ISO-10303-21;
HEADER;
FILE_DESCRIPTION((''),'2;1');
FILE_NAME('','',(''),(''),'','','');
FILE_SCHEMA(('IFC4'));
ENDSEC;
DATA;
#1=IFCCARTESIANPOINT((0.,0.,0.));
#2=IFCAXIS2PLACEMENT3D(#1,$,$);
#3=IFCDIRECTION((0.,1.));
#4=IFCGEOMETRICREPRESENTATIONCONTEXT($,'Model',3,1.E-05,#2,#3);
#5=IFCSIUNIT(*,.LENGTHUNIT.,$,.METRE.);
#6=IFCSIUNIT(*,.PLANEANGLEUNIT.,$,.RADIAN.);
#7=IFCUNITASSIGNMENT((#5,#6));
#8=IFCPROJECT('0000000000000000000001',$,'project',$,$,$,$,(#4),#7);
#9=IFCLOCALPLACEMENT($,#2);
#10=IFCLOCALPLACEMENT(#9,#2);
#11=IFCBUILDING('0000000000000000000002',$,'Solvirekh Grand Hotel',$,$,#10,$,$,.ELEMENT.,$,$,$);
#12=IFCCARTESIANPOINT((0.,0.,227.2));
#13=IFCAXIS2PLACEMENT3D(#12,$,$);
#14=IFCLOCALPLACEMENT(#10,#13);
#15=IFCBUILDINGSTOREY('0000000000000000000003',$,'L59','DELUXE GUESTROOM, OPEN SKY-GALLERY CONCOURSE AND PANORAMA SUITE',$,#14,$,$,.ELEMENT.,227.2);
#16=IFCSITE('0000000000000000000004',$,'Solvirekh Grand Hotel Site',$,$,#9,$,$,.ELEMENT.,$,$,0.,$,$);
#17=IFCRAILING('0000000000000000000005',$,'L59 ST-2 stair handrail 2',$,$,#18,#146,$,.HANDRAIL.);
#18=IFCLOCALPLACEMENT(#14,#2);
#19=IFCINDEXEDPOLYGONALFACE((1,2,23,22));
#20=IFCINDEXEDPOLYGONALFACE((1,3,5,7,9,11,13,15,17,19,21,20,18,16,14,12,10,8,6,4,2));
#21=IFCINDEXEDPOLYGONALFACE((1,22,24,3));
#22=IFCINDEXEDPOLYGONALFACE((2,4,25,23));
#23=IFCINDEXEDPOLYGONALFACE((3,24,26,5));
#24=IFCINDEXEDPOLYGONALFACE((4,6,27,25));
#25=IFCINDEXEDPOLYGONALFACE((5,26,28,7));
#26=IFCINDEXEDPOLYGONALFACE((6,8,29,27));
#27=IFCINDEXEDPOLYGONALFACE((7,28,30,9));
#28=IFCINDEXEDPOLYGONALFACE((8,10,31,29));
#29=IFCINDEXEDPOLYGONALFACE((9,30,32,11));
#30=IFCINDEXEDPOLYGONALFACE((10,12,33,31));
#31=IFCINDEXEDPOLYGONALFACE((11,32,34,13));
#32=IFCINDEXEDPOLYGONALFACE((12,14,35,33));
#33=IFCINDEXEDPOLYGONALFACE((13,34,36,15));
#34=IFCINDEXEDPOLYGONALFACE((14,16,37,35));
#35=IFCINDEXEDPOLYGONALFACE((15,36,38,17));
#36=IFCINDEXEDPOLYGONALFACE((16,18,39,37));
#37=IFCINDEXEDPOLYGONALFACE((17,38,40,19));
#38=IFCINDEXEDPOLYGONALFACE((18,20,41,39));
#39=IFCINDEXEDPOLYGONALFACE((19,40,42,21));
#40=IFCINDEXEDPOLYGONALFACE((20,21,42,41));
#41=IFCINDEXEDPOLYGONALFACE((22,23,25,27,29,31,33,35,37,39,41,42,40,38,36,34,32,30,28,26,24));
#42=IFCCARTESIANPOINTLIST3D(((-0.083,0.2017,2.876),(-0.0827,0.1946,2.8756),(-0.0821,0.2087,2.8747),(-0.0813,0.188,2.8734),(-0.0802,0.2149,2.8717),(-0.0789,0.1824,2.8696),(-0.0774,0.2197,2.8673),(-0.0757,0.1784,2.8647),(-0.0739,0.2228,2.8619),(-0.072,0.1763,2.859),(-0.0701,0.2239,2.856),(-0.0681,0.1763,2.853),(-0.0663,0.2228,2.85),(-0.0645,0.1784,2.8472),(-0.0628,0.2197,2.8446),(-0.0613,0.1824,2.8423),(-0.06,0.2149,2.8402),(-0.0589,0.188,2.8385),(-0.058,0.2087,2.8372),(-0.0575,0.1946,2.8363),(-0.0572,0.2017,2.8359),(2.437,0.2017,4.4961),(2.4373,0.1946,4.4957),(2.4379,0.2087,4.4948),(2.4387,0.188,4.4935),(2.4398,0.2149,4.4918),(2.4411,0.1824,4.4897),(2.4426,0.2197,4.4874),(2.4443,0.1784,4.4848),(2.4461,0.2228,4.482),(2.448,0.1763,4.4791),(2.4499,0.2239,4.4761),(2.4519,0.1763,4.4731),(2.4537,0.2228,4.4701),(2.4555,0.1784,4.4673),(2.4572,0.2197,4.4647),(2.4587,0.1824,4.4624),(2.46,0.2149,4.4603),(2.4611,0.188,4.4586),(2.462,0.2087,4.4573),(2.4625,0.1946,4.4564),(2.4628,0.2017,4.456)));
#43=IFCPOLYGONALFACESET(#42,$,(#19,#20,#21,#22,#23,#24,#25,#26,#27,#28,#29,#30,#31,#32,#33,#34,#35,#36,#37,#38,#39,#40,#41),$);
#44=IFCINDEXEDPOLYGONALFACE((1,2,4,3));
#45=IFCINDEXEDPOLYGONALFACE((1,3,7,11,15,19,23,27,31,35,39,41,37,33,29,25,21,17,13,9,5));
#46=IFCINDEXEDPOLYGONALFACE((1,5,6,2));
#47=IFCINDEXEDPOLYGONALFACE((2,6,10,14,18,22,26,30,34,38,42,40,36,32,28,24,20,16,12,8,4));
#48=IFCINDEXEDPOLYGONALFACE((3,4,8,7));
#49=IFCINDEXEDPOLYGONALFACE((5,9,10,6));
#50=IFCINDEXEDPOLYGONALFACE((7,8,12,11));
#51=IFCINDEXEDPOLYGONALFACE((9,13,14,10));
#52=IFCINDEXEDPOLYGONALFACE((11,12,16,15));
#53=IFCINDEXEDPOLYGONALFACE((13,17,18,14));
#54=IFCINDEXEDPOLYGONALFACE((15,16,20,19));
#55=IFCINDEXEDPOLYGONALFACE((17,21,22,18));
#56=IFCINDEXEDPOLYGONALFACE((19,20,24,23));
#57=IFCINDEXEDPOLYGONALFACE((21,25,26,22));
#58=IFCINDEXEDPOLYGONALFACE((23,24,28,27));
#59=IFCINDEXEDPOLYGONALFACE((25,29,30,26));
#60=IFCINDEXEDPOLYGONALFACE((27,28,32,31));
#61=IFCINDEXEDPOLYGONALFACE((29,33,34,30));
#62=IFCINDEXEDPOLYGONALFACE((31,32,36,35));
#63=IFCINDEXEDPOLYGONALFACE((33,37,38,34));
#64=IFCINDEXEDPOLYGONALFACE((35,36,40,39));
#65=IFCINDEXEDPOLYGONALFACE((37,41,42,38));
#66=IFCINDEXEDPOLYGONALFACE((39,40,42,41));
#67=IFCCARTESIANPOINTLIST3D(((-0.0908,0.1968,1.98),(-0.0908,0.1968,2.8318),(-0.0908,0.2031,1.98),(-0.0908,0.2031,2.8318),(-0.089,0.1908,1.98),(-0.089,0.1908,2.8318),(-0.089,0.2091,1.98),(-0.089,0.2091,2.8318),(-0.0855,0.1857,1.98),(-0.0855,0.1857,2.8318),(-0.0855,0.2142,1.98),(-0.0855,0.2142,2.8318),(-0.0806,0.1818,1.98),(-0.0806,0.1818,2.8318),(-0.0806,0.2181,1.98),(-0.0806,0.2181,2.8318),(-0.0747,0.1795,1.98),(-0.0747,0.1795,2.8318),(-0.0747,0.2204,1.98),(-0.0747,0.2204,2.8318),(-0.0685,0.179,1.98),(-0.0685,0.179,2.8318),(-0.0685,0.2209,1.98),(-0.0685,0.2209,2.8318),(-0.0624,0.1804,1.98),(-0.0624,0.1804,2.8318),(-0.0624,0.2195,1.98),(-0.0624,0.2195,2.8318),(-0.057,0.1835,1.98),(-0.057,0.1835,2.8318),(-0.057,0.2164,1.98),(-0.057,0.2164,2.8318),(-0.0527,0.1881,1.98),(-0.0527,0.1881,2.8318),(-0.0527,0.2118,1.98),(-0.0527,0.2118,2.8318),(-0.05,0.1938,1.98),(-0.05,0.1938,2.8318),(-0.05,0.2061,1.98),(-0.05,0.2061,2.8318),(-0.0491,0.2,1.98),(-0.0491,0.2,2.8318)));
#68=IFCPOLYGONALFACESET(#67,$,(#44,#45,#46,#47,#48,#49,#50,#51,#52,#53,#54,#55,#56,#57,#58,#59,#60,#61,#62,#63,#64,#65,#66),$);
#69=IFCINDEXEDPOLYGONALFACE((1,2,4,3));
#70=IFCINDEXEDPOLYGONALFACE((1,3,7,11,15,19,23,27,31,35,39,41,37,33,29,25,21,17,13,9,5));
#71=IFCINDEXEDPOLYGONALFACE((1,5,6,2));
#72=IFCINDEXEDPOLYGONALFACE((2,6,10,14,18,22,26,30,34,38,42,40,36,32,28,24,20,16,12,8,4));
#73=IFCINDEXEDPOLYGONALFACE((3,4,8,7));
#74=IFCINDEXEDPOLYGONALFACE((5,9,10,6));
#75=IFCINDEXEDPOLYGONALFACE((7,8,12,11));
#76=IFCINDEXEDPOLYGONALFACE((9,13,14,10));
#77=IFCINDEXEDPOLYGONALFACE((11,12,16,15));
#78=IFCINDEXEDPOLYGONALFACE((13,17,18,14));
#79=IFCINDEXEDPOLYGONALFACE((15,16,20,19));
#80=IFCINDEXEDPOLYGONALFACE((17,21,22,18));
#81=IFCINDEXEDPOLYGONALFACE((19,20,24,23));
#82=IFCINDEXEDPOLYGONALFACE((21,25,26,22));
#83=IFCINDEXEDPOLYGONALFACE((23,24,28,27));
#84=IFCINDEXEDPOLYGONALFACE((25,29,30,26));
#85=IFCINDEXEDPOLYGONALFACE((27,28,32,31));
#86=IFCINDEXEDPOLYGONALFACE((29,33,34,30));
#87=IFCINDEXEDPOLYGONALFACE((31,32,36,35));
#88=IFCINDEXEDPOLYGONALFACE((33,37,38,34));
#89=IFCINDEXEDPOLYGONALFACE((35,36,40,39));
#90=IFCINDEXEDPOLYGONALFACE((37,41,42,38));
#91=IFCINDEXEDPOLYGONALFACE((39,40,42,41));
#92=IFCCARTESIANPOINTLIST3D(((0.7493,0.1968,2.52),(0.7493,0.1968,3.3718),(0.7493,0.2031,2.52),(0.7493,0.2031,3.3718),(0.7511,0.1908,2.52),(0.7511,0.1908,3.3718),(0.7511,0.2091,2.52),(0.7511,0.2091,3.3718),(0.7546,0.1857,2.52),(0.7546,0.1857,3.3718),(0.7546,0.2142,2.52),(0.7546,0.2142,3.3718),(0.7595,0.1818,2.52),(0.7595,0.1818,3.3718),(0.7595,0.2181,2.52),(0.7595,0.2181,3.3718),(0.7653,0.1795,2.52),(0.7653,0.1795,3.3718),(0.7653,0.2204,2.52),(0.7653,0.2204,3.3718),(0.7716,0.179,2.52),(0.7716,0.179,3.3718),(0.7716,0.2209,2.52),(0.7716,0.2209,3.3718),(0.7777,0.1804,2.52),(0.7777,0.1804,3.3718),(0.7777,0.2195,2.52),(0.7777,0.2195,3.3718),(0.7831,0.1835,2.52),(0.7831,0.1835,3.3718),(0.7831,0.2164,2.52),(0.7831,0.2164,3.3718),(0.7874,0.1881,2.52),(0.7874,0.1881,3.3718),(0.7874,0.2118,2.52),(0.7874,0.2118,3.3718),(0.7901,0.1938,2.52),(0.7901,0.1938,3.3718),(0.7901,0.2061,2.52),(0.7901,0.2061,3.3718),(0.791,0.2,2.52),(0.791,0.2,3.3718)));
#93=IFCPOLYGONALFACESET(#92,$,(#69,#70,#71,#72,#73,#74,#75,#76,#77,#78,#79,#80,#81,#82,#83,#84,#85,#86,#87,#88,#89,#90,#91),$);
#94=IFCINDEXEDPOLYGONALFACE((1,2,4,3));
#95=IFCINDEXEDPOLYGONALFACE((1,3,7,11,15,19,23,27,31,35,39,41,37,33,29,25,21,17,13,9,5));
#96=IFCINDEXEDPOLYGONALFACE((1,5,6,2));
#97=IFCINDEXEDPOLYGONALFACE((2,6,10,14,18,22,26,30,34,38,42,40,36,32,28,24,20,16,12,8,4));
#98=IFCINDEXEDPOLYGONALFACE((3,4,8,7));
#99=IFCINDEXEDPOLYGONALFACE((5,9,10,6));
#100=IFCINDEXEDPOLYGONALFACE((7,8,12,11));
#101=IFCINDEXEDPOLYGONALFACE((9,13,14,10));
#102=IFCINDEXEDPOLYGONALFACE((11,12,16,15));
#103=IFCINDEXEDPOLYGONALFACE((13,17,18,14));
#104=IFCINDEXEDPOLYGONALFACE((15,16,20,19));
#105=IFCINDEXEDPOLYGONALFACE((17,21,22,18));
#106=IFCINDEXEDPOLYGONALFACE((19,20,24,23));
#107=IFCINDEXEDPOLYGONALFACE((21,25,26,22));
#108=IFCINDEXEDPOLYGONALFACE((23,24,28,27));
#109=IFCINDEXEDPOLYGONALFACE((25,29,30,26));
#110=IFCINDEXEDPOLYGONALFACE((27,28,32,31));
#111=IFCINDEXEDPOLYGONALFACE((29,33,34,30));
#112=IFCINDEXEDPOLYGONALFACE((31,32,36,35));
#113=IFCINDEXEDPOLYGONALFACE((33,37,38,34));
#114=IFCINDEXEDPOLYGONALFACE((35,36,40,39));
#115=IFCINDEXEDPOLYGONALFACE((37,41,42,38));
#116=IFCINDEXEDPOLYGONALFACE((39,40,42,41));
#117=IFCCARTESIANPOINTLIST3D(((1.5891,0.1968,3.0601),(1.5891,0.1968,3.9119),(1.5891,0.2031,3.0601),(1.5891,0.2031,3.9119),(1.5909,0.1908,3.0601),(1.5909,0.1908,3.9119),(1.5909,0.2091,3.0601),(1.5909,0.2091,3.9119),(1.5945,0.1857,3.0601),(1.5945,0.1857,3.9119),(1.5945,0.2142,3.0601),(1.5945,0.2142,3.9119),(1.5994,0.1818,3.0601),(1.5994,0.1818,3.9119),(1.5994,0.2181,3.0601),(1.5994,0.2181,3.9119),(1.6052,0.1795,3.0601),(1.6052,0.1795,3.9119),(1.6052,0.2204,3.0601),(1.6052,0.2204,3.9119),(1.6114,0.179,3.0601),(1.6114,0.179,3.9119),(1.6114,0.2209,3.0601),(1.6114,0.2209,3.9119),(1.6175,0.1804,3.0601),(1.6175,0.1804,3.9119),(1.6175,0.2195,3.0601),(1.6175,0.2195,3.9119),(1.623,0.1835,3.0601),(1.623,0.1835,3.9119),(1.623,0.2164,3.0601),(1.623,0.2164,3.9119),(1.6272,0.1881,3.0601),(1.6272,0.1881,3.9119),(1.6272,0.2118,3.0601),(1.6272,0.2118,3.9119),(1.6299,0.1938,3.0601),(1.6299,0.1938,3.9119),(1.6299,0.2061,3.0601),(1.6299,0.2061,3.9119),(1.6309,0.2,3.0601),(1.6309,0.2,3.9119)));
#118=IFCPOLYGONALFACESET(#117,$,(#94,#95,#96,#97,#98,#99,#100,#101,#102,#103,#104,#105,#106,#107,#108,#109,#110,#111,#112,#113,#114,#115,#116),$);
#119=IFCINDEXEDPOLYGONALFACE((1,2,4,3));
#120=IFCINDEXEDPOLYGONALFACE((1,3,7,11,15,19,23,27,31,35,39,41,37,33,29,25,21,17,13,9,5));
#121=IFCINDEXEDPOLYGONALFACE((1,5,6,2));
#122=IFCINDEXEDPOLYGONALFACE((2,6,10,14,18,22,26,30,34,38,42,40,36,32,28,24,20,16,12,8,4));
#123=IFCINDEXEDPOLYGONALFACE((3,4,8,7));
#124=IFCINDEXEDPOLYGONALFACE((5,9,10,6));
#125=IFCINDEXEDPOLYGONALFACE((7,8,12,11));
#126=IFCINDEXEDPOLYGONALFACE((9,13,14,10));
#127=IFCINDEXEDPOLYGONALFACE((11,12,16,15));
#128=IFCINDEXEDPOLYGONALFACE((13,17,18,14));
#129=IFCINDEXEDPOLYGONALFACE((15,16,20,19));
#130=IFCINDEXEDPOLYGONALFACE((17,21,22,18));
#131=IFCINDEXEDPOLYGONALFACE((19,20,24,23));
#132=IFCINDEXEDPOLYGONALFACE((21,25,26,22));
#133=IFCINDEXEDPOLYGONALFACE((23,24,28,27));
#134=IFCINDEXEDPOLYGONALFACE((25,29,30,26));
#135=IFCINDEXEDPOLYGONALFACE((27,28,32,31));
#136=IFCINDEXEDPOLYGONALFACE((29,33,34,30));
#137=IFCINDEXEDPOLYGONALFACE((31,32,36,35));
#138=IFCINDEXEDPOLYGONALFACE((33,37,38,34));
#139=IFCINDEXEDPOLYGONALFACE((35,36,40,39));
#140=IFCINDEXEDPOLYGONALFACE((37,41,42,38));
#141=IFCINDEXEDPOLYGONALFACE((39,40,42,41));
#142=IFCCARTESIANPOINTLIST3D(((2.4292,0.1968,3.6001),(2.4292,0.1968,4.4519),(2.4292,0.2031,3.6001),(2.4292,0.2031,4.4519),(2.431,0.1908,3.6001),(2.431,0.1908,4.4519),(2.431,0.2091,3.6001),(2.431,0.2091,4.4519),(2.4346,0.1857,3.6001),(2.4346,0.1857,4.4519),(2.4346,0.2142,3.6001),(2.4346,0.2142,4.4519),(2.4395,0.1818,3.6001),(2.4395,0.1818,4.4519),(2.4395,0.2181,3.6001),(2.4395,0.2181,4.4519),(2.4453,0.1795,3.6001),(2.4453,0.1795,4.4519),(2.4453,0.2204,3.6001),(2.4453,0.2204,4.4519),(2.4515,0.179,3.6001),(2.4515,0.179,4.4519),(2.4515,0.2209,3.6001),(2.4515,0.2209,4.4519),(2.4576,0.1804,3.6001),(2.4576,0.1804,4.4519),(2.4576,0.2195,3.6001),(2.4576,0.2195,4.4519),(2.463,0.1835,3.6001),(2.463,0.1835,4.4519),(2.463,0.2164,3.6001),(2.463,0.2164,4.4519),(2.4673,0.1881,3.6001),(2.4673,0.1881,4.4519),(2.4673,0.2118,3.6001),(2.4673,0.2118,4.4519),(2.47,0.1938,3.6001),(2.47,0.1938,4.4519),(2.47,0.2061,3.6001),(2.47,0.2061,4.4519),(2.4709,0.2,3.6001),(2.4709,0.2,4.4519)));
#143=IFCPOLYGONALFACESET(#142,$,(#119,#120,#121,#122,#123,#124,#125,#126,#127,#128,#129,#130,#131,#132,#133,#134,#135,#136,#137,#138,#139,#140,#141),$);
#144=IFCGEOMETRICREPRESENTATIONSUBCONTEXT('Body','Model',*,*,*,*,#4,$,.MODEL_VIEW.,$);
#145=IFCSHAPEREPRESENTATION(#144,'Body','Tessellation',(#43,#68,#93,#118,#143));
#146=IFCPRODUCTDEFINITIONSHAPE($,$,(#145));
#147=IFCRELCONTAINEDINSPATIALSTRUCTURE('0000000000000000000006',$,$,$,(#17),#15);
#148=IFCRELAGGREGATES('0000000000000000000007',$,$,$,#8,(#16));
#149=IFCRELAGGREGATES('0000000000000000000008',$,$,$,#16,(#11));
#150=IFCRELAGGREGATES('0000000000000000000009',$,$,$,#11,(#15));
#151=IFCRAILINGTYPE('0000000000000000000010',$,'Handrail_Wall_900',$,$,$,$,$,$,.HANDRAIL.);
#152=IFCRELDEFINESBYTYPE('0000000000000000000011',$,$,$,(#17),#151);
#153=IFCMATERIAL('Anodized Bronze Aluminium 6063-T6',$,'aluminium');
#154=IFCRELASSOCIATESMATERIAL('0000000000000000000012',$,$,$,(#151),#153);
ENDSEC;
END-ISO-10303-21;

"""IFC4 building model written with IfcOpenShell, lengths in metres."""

from ifc_helpers import new_model, si_unit, direction, frame, origin, origin_2d, place, context, subcontext, project, spatial, circle, extrude, material, type_object, element, save


model = new_model("IFC4")

# Units and contexts
model_context = context("Model", 3, precision=1e-05, world=origin(), true_north=direction((0.0, 1.0)))
body_context = subcontext(model_context, "Body", "Model", "MODEL_VIEW")
ifc_project = project(units=[si_unit("LENGTHUNIT", "METRE"), si_unit("PLANEANGLEUNIT", "RADIAN")], contexts=[model_context])

# Site, building, storey
site_placement = place(None, origin())
site = spatial("IfcSite", under=ifc_project, at=site_placement, Name="Solvirekh Grand Hotel Site", CompositionType="ELEMENT", RefElevation=0.0)
building_placement = place(site_placement, origin())
building = spatial("IfcBuilding", under=site, at=building_placement, Name="Solvirekh Grand Hotel", CompositionType="ELEMENT")
storey_placement = place(building_placement, frame((0.0, 0.0, 227.2)))
storey = spatial("IfcBuildingStorey", under=building, at=storey_placement, Name="L59", Description="DELUXE GUESTROOM, OPEN SKY-GALLERY CONCOURSE AND PANORAMA SUITE", CompositionType="ELEMENT", Elevation=227.2)

# Railing
ifc_material_1 = material(Name="Anodized Bronze Aluminium 6063-T6", Category="aluminium")
railing_type_1 = type_object("IfcRailingType", Name="Handrail_Wall_900", PredefinedType="HANDRAIL", material=ifc_material_1)
railing_1_placement = place(storey_placement, frame((-0.0701, 0.2, 1.98)))
element("IfcRailing", 1, at=railing_1_placement, inside=storey, type_object=railing_type_1, Name="L59 ST-2 stair handrail 2", PredefinedType="HANDRAIL", context=body_context, shape_type="SweptSolid", body=[
    extrude(circle(Radius=0.0239, at=origin_2d()), frame((0.0, 0.0, 0.876), z_axis=(0.841163, 0.0, 0.540782), x_axis=(0.0, 1.0, 0.0)), (0.0, 0.0, 1.0), 2.9958),
    extrude(circle(Radius=0.021, at=origin_2d()), origin(), (0.0, 0.0, 1.0), 0.8518),
    extrude(circle(Radius=0.021, at=origin_2d()), frame((0.8401, 0.0, 0.54)), (0.0, 0.0, 1.0), 0.8518),
    extrude(circle(Radius=0.021, at=origin_2d()), frame((1.6799, 0.0, 1.0801)), (0.0, 0.0, 1.0), 0.8518),
    extrude(circle(Radius=0.021, at=origin_2d()), frame((2.52, 0.0, 1.6201)), (0.0, 0.0, 1.0), 0.8518),
])

save(model, "model.ifc")
